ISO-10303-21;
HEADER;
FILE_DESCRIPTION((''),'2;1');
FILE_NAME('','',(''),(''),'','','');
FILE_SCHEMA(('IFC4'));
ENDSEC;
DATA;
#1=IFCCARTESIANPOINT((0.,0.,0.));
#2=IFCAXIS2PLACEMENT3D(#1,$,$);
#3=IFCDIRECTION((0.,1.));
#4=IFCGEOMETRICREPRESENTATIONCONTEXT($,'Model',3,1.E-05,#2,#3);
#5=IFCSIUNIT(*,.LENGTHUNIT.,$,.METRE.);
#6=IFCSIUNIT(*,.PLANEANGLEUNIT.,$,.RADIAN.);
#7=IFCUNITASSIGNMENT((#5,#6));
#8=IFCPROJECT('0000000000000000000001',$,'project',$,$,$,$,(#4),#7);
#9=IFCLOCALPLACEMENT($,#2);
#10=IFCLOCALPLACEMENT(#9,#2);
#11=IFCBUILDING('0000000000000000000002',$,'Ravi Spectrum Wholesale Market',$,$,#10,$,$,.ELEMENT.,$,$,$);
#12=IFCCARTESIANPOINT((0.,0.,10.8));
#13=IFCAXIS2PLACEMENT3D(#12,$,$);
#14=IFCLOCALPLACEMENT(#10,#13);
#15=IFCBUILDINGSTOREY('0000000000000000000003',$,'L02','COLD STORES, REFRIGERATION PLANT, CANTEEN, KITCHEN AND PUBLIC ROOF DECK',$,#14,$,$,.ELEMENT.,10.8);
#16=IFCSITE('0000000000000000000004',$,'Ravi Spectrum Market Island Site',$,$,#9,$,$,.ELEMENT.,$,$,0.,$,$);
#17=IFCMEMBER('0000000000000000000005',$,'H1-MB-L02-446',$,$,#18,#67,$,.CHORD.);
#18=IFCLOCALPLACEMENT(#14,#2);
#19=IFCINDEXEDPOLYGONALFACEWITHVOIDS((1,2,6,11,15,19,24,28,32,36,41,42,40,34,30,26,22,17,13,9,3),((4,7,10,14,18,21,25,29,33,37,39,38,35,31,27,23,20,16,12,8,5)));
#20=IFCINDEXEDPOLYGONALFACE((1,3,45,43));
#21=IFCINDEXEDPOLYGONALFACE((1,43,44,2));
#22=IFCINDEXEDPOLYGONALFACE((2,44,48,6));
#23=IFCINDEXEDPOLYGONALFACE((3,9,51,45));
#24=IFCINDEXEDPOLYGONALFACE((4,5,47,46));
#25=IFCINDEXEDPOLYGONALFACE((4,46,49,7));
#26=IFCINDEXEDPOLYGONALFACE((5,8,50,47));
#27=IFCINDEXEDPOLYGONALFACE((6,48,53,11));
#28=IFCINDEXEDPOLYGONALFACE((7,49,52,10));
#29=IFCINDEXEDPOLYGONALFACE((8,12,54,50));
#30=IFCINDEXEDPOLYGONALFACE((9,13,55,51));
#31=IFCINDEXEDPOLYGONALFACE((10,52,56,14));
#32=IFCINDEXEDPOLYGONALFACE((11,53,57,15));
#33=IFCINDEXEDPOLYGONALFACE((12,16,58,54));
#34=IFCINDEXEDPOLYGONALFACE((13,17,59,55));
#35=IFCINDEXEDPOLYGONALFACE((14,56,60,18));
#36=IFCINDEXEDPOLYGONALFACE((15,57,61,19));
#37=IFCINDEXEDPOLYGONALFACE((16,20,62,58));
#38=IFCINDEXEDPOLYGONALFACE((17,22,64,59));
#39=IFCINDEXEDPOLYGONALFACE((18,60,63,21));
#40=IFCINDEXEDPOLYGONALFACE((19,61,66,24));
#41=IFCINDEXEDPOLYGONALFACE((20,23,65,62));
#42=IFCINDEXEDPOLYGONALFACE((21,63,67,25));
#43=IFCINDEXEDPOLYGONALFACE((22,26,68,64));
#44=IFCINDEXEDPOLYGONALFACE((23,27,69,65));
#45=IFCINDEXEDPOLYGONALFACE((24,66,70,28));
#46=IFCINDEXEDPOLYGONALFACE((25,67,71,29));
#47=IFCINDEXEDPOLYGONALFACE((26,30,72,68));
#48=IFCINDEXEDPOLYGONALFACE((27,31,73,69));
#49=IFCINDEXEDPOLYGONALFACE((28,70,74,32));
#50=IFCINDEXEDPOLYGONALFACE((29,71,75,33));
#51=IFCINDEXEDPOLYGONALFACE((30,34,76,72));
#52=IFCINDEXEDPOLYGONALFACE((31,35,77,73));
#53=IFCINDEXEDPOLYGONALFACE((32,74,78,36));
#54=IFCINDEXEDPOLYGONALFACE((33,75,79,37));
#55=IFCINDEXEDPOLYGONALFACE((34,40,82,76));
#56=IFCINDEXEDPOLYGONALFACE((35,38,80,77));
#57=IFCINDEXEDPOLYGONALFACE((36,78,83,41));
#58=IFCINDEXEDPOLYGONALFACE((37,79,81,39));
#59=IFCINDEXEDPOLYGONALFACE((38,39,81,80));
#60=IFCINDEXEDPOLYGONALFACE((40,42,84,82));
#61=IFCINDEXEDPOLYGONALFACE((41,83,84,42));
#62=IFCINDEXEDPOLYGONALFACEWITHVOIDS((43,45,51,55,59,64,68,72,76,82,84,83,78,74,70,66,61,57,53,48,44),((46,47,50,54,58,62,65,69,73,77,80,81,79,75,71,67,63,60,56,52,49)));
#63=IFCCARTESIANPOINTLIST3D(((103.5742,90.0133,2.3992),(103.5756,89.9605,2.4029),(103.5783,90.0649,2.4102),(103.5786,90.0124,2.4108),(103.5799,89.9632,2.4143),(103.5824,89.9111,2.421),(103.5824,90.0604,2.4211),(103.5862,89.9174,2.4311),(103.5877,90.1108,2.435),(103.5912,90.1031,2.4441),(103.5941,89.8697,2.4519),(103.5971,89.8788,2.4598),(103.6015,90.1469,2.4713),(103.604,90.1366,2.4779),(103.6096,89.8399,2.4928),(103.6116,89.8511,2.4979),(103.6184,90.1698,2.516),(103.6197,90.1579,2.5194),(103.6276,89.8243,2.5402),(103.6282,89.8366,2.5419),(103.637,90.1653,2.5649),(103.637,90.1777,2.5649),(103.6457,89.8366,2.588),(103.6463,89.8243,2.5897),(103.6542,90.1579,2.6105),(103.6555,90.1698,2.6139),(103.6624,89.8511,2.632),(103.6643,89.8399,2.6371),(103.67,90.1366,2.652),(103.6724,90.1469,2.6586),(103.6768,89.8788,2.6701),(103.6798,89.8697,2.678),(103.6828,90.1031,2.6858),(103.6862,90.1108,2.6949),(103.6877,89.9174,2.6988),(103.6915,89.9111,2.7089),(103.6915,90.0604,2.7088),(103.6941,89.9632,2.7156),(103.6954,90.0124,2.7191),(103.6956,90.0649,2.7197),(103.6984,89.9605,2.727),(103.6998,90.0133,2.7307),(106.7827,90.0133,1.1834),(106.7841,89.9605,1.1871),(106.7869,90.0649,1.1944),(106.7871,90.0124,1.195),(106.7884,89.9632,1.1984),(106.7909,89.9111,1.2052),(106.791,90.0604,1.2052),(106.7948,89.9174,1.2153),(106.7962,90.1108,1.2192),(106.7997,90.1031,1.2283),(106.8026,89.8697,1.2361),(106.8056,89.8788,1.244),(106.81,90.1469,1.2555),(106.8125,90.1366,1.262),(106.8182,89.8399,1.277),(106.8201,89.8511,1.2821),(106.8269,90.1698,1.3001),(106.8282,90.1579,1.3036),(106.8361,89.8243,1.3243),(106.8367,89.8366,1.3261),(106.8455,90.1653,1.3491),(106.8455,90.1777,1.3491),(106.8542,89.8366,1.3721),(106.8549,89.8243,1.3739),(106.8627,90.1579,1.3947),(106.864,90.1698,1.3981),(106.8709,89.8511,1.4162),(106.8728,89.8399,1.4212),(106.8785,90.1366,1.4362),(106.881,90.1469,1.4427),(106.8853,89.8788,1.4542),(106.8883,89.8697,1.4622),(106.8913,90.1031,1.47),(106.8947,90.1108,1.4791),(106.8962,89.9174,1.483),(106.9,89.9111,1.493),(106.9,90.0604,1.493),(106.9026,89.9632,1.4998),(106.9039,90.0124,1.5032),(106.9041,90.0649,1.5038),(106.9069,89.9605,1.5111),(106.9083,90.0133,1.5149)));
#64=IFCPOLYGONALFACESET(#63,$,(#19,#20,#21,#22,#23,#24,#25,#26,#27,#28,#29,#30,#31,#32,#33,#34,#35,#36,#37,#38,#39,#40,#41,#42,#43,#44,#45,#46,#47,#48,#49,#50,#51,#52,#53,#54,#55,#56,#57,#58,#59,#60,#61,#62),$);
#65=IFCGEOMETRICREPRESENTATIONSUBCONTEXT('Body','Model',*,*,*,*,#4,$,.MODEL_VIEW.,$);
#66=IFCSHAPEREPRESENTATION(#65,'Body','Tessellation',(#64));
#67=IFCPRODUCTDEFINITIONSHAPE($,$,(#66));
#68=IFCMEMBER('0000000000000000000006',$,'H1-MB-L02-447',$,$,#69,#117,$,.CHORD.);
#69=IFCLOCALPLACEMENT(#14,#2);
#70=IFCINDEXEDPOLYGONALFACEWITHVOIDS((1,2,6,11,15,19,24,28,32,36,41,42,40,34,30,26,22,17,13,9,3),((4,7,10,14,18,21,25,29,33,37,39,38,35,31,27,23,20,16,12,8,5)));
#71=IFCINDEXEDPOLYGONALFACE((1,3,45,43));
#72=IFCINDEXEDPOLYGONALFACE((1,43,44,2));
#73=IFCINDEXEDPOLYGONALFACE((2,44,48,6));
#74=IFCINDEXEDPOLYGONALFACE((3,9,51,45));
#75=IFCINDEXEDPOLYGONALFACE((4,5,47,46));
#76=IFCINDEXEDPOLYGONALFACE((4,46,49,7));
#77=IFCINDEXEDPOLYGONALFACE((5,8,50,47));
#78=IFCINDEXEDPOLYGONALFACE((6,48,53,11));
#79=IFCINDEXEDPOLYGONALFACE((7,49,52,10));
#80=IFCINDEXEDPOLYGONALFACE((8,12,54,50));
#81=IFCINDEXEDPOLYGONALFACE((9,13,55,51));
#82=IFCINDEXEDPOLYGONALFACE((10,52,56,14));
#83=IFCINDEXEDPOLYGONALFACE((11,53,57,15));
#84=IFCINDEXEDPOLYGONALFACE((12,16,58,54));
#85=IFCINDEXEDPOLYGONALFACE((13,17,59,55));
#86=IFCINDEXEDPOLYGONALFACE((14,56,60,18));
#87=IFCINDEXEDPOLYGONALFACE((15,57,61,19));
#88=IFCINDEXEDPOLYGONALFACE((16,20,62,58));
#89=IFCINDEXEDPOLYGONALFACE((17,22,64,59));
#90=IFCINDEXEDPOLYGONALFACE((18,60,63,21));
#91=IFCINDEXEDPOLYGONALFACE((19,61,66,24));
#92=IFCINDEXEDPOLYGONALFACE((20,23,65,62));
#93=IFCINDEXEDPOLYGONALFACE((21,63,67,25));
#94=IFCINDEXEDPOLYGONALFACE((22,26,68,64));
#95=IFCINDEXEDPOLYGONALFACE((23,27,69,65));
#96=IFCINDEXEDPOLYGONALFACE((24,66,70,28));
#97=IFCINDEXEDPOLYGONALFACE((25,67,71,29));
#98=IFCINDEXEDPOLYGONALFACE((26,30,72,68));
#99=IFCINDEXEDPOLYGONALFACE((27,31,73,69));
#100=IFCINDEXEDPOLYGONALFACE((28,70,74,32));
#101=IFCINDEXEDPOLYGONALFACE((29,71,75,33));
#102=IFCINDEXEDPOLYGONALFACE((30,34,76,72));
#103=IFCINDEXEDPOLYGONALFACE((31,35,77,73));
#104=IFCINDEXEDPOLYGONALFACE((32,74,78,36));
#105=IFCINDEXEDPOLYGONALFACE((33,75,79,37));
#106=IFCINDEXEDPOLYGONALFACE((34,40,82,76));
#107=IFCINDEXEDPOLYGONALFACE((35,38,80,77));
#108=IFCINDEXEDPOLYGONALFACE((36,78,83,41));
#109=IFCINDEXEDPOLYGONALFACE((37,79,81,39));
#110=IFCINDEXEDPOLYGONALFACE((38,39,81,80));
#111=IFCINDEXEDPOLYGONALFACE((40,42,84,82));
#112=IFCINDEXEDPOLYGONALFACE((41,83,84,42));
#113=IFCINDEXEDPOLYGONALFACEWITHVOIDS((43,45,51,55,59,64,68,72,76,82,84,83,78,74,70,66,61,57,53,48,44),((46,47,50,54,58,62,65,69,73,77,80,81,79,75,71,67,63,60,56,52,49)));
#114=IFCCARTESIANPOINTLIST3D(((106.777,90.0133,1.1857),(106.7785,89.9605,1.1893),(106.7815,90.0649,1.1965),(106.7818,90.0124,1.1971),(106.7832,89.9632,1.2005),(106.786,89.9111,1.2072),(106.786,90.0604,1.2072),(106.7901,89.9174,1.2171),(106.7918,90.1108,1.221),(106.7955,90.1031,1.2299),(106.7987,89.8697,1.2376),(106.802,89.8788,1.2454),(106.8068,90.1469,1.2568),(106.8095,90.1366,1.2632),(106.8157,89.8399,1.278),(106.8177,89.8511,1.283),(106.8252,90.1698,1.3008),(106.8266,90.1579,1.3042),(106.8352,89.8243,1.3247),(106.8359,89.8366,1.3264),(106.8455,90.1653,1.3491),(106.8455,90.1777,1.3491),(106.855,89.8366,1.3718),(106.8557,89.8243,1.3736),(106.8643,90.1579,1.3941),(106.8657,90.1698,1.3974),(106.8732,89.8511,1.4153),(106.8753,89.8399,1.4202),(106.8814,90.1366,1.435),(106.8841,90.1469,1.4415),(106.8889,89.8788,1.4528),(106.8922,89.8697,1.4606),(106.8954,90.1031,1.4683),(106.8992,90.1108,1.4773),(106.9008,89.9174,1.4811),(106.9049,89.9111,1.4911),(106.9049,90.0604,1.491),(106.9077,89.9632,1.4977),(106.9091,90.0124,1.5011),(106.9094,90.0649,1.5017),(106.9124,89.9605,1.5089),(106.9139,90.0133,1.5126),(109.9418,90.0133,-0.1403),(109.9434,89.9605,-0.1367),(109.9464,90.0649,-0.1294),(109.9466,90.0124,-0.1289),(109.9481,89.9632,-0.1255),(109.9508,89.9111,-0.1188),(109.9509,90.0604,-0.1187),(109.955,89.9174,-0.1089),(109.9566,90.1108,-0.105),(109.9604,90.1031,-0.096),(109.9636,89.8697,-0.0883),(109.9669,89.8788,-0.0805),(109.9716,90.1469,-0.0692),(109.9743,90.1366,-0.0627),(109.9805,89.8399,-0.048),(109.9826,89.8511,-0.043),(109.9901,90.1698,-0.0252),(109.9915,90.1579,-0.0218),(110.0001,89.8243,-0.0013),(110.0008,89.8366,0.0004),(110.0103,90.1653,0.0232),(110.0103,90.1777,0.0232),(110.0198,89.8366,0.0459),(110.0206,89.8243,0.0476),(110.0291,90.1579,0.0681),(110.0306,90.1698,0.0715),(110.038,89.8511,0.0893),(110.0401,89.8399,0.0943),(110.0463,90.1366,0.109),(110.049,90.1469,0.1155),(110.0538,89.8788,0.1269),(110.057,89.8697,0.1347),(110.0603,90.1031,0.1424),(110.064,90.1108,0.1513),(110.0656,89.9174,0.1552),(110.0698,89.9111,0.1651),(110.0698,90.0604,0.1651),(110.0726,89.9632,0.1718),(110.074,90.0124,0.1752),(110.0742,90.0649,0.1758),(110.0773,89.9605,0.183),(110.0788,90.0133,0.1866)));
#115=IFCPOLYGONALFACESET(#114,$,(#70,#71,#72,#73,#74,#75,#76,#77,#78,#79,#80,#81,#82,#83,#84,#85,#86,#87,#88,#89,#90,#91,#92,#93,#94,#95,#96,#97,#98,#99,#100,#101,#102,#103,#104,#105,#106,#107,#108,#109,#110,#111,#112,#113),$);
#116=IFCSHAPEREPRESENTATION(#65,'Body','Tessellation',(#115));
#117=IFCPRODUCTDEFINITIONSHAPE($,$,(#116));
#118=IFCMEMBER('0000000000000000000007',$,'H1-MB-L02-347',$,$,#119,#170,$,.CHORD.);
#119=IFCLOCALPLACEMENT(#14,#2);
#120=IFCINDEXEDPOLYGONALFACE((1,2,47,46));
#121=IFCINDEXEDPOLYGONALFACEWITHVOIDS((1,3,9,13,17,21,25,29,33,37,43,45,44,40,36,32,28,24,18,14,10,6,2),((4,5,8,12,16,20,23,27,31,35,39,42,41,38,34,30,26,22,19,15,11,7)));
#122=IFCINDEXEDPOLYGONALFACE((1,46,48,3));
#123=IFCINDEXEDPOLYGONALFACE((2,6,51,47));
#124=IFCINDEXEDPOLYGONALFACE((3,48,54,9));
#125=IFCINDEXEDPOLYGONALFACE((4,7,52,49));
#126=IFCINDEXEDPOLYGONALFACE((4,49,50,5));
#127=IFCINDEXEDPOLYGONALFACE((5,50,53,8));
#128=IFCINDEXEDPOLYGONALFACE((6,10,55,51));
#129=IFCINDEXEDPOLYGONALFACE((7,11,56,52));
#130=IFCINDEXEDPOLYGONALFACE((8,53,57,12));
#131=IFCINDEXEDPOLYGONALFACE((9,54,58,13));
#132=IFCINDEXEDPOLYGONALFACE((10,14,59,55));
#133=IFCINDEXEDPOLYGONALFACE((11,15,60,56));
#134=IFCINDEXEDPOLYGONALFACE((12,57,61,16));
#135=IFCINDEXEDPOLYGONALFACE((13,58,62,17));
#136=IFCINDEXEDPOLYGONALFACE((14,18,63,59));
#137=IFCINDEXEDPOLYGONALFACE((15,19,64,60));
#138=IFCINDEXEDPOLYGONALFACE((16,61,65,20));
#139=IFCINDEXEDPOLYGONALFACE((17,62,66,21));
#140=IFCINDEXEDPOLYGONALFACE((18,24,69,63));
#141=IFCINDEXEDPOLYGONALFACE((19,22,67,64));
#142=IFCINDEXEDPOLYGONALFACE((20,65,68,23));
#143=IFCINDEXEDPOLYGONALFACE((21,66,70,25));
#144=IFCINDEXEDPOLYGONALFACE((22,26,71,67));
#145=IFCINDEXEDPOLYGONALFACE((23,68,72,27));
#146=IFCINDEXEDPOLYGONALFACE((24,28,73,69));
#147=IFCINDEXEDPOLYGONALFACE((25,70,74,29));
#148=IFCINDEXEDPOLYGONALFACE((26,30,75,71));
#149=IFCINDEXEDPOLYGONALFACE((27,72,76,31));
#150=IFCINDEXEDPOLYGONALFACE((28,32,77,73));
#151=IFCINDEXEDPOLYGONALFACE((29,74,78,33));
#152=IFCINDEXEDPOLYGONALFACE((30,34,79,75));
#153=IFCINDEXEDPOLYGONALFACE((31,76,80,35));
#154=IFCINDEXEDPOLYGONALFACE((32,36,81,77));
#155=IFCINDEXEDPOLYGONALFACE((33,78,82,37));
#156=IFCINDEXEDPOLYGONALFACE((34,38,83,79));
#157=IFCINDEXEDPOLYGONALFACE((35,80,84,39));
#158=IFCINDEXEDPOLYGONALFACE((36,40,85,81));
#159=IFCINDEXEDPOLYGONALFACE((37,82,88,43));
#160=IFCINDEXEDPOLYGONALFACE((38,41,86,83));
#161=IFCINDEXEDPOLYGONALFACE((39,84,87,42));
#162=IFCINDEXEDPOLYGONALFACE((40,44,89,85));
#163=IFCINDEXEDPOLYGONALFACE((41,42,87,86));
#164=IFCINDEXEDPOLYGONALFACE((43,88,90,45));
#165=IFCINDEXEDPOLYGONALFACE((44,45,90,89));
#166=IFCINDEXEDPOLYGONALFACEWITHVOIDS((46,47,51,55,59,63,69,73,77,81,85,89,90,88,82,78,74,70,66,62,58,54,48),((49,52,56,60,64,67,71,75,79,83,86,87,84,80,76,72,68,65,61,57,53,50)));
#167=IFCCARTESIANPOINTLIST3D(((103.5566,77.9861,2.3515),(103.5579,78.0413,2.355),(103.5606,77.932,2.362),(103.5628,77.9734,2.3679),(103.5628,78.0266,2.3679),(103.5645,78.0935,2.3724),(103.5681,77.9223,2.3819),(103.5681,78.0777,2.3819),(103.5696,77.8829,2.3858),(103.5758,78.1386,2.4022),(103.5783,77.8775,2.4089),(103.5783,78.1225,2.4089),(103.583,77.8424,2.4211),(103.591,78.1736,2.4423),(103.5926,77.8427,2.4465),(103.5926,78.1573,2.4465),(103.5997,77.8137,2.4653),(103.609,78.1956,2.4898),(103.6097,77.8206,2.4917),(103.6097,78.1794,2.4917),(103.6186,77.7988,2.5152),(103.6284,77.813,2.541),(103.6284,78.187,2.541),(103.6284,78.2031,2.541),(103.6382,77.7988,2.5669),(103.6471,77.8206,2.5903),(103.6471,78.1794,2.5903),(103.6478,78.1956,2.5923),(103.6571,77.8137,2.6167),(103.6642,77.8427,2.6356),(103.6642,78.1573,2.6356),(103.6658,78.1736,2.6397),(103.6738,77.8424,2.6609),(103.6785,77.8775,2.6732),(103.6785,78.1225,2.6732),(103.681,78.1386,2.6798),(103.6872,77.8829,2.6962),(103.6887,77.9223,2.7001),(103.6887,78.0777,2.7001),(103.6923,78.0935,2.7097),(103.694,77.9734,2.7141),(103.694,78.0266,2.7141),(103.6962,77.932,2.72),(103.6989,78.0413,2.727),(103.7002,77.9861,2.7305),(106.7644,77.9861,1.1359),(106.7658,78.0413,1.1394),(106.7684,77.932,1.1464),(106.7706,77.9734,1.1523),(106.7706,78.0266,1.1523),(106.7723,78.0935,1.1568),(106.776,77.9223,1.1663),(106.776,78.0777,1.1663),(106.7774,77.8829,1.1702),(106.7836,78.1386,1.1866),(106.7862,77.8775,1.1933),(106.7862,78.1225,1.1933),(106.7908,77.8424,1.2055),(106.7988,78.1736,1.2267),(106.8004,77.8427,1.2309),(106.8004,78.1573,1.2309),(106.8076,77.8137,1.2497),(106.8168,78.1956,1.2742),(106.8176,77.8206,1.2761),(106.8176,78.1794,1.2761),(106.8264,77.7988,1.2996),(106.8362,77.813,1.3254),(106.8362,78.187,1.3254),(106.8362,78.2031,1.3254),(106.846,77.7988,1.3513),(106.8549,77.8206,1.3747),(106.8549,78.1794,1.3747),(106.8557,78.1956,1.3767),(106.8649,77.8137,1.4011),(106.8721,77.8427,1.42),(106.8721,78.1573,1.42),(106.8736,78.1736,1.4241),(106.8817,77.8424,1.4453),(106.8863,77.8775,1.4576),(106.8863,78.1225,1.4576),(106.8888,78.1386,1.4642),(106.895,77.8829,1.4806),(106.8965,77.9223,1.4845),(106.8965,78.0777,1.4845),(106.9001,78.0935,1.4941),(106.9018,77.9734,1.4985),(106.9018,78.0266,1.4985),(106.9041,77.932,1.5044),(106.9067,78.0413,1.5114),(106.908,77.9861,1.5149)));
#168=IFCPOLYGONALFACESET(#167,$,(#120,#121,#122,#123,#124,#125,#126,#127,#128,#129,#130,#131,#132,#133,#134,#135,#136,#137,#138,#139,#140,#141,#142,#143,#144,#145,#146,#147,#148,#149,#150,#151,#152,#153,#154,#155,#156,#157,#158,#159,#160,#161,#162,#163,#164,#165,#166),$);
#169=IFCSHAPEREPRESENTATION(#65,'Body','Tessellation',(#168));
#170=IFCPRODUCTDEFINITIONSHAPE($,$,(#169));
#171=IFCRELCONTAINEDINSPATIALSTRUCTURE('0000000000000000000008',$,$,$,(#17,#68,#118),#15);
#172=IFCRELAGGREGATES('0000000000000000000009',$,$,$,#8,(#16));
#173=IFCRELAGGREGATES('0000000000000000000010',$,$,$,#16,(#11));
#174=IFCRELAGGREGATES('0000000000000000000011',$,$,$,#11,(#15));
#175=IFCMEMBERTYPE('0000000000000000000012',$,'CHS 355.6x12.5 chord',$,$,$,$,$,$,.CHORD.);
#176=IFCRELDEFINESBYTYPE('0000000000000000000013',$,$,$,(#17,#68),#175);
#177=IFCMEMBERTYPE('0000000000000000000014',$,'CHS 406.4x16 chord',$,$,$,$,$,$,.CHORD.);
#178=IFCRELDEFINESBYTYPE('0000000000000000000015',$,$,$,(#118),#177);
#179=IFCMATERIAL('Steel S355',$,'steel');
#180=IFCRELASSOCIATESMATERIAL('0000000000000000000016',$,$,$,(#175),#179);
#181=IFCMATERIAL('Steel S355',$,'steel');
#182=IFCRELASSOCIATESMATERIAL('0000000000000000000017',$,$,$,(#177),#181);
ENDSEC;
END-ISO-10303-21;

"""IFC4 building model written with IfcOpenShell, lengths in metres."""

from ifc_helpers import new_model, si_unit, direction, frame, origin, origin_2d, place, context, subcontext, project, spatial, hollow_circle, extrude, material, material_profile, profile_set, type_object, element, save


model = new_model("IFC4")

# Units and contexts
model_context = context("Model", 3, precision=1e-05, world=origin(), true_north=direction((0.0, 1.0)))
body_context = subcontext(model_context, "Body", "Model", "MODEL_VIEW")
ifc_project = project(units=[si_unit("LENGTHUNIT", "METRE"), si_unit("PLANEANGLEUNIT", "RADIAN")], contexts=[model_context])

# Site, building, storey
site_placement = place(None, origin())
site = spatial("IfcSite", under=ifc_project, at=site_placement, Name="Ravi Spectrum Market Island Site", CompositionType="ELEMENT", RefElevation=0.0)
building_placement = place(site_placement, origin())
building = spatial("IfcBuilding", under=site, at=building_placement, Name="Ravi Spectrum Wholesale Market", CompositionType="ELEMENT")
storey_placement = place(building_placement, frame((0.0, 0.0, 10.8)))
storey = spatial("IfcBuildingStorey", under=building, at=storey_placement, Name="L02", Description="COLD STORES, REFRIGERATION PLANT, CANTEEN, KITCHEN AND PUBLIC ROOF DECK", CompositionType="ELEMENT", Elevation=10.8)

# Members
ifc_material_1 = material(Name="Steel S355", Category="steel")
ifc_material_profile_1 = material_profile(ifc_material_1, hollow_circle(Radius=0.1777, WallThickness=0.0125, at=origin_2d()))
ifc_profile_set_1 = profile_set([ifc_material_profile_1], Name="Steel S355")
member_type_1 = type_object("IfcMemberType", Name="CHS 355.6x12.5 chord", PredefinedType="CHORD", material=ifc_profile_set_1)
member_1_placement = place(storey_placement, frame((103.637, 90.0, 2.5649), z_axis=(0.935113, 0.0, -0.35435), x_axis=(0.0, 1.0, 0.0)))
element("IfcMember", 1, at=member_1_placement, inside=storey, type_object=member_type_1, Name="H1-MB-L02-446", PredefinedType="CHORD", context=body_context, shape_type="SweptSolid", body=[
    extrude(hollow_circle(Radius=0.1777, WallThickness=0.0125, at=origin_2d()), origin(), (0.0, 0.0, 1.0), 3.4312),
])
member_2_placement = place(storey_placement, frame((106.8455, 90.0, 1.3491), z_axis=(0.922324, 0.0, -0.386418), x_axis=(0.0, 1.0, 0.0)))
element("IfcMember", 2, at=member_2_placement, inside=storey, type_object=member_type_1, Name="H1-MB-L02-447", PredefinedType="CHORD", context=body_context, shape_type="SweptSolid", body=[
    extrude(hollow_circle(Radius=0.1777, WallThickness=0.0125, at=origin_2d()), origin(), (0.0, 0.0, 1.0), 3.4314),
])
ifc_material_2 = material(Name="Steel S355", Category="steel")
ifc_material_profile_2 = material_profile(ifc_material_2, hollow_circle(Radius=0.2031, WallThickness=0.0161, at=origin_2d()))
ifc_profile_set_2 = profile_set([ifc_material_profile_2], Name="Steel S355")
member_type_2 = type_object("IfcMemberType", Name="CHS 406.4x16 chord", PredefinedType="CHORD", material=ifc_profile_set_2)
member_3_placement = place(storey_placement, frame((103.6284, 78.0, 2.541), z_axis=(0.93511, 0.0, -0.354358), x_axis=(0.0, 1.0, 0.0)))
element("IfcMember", 3, at=member_3_placement, inside=storey, type_object=member_type_2, Name="H1-MB-L02-347", PredefinedType="CHORD", context=body_context, shape_type="SweptSolid", body=[
    extrude(hollow_circle(Radius=0.2031, WallThickness=0.0161, at=origin_2d()), origin(), (0.0, 0.0, 1.0), 3.4304),
])

save(model, "model.ifc")
